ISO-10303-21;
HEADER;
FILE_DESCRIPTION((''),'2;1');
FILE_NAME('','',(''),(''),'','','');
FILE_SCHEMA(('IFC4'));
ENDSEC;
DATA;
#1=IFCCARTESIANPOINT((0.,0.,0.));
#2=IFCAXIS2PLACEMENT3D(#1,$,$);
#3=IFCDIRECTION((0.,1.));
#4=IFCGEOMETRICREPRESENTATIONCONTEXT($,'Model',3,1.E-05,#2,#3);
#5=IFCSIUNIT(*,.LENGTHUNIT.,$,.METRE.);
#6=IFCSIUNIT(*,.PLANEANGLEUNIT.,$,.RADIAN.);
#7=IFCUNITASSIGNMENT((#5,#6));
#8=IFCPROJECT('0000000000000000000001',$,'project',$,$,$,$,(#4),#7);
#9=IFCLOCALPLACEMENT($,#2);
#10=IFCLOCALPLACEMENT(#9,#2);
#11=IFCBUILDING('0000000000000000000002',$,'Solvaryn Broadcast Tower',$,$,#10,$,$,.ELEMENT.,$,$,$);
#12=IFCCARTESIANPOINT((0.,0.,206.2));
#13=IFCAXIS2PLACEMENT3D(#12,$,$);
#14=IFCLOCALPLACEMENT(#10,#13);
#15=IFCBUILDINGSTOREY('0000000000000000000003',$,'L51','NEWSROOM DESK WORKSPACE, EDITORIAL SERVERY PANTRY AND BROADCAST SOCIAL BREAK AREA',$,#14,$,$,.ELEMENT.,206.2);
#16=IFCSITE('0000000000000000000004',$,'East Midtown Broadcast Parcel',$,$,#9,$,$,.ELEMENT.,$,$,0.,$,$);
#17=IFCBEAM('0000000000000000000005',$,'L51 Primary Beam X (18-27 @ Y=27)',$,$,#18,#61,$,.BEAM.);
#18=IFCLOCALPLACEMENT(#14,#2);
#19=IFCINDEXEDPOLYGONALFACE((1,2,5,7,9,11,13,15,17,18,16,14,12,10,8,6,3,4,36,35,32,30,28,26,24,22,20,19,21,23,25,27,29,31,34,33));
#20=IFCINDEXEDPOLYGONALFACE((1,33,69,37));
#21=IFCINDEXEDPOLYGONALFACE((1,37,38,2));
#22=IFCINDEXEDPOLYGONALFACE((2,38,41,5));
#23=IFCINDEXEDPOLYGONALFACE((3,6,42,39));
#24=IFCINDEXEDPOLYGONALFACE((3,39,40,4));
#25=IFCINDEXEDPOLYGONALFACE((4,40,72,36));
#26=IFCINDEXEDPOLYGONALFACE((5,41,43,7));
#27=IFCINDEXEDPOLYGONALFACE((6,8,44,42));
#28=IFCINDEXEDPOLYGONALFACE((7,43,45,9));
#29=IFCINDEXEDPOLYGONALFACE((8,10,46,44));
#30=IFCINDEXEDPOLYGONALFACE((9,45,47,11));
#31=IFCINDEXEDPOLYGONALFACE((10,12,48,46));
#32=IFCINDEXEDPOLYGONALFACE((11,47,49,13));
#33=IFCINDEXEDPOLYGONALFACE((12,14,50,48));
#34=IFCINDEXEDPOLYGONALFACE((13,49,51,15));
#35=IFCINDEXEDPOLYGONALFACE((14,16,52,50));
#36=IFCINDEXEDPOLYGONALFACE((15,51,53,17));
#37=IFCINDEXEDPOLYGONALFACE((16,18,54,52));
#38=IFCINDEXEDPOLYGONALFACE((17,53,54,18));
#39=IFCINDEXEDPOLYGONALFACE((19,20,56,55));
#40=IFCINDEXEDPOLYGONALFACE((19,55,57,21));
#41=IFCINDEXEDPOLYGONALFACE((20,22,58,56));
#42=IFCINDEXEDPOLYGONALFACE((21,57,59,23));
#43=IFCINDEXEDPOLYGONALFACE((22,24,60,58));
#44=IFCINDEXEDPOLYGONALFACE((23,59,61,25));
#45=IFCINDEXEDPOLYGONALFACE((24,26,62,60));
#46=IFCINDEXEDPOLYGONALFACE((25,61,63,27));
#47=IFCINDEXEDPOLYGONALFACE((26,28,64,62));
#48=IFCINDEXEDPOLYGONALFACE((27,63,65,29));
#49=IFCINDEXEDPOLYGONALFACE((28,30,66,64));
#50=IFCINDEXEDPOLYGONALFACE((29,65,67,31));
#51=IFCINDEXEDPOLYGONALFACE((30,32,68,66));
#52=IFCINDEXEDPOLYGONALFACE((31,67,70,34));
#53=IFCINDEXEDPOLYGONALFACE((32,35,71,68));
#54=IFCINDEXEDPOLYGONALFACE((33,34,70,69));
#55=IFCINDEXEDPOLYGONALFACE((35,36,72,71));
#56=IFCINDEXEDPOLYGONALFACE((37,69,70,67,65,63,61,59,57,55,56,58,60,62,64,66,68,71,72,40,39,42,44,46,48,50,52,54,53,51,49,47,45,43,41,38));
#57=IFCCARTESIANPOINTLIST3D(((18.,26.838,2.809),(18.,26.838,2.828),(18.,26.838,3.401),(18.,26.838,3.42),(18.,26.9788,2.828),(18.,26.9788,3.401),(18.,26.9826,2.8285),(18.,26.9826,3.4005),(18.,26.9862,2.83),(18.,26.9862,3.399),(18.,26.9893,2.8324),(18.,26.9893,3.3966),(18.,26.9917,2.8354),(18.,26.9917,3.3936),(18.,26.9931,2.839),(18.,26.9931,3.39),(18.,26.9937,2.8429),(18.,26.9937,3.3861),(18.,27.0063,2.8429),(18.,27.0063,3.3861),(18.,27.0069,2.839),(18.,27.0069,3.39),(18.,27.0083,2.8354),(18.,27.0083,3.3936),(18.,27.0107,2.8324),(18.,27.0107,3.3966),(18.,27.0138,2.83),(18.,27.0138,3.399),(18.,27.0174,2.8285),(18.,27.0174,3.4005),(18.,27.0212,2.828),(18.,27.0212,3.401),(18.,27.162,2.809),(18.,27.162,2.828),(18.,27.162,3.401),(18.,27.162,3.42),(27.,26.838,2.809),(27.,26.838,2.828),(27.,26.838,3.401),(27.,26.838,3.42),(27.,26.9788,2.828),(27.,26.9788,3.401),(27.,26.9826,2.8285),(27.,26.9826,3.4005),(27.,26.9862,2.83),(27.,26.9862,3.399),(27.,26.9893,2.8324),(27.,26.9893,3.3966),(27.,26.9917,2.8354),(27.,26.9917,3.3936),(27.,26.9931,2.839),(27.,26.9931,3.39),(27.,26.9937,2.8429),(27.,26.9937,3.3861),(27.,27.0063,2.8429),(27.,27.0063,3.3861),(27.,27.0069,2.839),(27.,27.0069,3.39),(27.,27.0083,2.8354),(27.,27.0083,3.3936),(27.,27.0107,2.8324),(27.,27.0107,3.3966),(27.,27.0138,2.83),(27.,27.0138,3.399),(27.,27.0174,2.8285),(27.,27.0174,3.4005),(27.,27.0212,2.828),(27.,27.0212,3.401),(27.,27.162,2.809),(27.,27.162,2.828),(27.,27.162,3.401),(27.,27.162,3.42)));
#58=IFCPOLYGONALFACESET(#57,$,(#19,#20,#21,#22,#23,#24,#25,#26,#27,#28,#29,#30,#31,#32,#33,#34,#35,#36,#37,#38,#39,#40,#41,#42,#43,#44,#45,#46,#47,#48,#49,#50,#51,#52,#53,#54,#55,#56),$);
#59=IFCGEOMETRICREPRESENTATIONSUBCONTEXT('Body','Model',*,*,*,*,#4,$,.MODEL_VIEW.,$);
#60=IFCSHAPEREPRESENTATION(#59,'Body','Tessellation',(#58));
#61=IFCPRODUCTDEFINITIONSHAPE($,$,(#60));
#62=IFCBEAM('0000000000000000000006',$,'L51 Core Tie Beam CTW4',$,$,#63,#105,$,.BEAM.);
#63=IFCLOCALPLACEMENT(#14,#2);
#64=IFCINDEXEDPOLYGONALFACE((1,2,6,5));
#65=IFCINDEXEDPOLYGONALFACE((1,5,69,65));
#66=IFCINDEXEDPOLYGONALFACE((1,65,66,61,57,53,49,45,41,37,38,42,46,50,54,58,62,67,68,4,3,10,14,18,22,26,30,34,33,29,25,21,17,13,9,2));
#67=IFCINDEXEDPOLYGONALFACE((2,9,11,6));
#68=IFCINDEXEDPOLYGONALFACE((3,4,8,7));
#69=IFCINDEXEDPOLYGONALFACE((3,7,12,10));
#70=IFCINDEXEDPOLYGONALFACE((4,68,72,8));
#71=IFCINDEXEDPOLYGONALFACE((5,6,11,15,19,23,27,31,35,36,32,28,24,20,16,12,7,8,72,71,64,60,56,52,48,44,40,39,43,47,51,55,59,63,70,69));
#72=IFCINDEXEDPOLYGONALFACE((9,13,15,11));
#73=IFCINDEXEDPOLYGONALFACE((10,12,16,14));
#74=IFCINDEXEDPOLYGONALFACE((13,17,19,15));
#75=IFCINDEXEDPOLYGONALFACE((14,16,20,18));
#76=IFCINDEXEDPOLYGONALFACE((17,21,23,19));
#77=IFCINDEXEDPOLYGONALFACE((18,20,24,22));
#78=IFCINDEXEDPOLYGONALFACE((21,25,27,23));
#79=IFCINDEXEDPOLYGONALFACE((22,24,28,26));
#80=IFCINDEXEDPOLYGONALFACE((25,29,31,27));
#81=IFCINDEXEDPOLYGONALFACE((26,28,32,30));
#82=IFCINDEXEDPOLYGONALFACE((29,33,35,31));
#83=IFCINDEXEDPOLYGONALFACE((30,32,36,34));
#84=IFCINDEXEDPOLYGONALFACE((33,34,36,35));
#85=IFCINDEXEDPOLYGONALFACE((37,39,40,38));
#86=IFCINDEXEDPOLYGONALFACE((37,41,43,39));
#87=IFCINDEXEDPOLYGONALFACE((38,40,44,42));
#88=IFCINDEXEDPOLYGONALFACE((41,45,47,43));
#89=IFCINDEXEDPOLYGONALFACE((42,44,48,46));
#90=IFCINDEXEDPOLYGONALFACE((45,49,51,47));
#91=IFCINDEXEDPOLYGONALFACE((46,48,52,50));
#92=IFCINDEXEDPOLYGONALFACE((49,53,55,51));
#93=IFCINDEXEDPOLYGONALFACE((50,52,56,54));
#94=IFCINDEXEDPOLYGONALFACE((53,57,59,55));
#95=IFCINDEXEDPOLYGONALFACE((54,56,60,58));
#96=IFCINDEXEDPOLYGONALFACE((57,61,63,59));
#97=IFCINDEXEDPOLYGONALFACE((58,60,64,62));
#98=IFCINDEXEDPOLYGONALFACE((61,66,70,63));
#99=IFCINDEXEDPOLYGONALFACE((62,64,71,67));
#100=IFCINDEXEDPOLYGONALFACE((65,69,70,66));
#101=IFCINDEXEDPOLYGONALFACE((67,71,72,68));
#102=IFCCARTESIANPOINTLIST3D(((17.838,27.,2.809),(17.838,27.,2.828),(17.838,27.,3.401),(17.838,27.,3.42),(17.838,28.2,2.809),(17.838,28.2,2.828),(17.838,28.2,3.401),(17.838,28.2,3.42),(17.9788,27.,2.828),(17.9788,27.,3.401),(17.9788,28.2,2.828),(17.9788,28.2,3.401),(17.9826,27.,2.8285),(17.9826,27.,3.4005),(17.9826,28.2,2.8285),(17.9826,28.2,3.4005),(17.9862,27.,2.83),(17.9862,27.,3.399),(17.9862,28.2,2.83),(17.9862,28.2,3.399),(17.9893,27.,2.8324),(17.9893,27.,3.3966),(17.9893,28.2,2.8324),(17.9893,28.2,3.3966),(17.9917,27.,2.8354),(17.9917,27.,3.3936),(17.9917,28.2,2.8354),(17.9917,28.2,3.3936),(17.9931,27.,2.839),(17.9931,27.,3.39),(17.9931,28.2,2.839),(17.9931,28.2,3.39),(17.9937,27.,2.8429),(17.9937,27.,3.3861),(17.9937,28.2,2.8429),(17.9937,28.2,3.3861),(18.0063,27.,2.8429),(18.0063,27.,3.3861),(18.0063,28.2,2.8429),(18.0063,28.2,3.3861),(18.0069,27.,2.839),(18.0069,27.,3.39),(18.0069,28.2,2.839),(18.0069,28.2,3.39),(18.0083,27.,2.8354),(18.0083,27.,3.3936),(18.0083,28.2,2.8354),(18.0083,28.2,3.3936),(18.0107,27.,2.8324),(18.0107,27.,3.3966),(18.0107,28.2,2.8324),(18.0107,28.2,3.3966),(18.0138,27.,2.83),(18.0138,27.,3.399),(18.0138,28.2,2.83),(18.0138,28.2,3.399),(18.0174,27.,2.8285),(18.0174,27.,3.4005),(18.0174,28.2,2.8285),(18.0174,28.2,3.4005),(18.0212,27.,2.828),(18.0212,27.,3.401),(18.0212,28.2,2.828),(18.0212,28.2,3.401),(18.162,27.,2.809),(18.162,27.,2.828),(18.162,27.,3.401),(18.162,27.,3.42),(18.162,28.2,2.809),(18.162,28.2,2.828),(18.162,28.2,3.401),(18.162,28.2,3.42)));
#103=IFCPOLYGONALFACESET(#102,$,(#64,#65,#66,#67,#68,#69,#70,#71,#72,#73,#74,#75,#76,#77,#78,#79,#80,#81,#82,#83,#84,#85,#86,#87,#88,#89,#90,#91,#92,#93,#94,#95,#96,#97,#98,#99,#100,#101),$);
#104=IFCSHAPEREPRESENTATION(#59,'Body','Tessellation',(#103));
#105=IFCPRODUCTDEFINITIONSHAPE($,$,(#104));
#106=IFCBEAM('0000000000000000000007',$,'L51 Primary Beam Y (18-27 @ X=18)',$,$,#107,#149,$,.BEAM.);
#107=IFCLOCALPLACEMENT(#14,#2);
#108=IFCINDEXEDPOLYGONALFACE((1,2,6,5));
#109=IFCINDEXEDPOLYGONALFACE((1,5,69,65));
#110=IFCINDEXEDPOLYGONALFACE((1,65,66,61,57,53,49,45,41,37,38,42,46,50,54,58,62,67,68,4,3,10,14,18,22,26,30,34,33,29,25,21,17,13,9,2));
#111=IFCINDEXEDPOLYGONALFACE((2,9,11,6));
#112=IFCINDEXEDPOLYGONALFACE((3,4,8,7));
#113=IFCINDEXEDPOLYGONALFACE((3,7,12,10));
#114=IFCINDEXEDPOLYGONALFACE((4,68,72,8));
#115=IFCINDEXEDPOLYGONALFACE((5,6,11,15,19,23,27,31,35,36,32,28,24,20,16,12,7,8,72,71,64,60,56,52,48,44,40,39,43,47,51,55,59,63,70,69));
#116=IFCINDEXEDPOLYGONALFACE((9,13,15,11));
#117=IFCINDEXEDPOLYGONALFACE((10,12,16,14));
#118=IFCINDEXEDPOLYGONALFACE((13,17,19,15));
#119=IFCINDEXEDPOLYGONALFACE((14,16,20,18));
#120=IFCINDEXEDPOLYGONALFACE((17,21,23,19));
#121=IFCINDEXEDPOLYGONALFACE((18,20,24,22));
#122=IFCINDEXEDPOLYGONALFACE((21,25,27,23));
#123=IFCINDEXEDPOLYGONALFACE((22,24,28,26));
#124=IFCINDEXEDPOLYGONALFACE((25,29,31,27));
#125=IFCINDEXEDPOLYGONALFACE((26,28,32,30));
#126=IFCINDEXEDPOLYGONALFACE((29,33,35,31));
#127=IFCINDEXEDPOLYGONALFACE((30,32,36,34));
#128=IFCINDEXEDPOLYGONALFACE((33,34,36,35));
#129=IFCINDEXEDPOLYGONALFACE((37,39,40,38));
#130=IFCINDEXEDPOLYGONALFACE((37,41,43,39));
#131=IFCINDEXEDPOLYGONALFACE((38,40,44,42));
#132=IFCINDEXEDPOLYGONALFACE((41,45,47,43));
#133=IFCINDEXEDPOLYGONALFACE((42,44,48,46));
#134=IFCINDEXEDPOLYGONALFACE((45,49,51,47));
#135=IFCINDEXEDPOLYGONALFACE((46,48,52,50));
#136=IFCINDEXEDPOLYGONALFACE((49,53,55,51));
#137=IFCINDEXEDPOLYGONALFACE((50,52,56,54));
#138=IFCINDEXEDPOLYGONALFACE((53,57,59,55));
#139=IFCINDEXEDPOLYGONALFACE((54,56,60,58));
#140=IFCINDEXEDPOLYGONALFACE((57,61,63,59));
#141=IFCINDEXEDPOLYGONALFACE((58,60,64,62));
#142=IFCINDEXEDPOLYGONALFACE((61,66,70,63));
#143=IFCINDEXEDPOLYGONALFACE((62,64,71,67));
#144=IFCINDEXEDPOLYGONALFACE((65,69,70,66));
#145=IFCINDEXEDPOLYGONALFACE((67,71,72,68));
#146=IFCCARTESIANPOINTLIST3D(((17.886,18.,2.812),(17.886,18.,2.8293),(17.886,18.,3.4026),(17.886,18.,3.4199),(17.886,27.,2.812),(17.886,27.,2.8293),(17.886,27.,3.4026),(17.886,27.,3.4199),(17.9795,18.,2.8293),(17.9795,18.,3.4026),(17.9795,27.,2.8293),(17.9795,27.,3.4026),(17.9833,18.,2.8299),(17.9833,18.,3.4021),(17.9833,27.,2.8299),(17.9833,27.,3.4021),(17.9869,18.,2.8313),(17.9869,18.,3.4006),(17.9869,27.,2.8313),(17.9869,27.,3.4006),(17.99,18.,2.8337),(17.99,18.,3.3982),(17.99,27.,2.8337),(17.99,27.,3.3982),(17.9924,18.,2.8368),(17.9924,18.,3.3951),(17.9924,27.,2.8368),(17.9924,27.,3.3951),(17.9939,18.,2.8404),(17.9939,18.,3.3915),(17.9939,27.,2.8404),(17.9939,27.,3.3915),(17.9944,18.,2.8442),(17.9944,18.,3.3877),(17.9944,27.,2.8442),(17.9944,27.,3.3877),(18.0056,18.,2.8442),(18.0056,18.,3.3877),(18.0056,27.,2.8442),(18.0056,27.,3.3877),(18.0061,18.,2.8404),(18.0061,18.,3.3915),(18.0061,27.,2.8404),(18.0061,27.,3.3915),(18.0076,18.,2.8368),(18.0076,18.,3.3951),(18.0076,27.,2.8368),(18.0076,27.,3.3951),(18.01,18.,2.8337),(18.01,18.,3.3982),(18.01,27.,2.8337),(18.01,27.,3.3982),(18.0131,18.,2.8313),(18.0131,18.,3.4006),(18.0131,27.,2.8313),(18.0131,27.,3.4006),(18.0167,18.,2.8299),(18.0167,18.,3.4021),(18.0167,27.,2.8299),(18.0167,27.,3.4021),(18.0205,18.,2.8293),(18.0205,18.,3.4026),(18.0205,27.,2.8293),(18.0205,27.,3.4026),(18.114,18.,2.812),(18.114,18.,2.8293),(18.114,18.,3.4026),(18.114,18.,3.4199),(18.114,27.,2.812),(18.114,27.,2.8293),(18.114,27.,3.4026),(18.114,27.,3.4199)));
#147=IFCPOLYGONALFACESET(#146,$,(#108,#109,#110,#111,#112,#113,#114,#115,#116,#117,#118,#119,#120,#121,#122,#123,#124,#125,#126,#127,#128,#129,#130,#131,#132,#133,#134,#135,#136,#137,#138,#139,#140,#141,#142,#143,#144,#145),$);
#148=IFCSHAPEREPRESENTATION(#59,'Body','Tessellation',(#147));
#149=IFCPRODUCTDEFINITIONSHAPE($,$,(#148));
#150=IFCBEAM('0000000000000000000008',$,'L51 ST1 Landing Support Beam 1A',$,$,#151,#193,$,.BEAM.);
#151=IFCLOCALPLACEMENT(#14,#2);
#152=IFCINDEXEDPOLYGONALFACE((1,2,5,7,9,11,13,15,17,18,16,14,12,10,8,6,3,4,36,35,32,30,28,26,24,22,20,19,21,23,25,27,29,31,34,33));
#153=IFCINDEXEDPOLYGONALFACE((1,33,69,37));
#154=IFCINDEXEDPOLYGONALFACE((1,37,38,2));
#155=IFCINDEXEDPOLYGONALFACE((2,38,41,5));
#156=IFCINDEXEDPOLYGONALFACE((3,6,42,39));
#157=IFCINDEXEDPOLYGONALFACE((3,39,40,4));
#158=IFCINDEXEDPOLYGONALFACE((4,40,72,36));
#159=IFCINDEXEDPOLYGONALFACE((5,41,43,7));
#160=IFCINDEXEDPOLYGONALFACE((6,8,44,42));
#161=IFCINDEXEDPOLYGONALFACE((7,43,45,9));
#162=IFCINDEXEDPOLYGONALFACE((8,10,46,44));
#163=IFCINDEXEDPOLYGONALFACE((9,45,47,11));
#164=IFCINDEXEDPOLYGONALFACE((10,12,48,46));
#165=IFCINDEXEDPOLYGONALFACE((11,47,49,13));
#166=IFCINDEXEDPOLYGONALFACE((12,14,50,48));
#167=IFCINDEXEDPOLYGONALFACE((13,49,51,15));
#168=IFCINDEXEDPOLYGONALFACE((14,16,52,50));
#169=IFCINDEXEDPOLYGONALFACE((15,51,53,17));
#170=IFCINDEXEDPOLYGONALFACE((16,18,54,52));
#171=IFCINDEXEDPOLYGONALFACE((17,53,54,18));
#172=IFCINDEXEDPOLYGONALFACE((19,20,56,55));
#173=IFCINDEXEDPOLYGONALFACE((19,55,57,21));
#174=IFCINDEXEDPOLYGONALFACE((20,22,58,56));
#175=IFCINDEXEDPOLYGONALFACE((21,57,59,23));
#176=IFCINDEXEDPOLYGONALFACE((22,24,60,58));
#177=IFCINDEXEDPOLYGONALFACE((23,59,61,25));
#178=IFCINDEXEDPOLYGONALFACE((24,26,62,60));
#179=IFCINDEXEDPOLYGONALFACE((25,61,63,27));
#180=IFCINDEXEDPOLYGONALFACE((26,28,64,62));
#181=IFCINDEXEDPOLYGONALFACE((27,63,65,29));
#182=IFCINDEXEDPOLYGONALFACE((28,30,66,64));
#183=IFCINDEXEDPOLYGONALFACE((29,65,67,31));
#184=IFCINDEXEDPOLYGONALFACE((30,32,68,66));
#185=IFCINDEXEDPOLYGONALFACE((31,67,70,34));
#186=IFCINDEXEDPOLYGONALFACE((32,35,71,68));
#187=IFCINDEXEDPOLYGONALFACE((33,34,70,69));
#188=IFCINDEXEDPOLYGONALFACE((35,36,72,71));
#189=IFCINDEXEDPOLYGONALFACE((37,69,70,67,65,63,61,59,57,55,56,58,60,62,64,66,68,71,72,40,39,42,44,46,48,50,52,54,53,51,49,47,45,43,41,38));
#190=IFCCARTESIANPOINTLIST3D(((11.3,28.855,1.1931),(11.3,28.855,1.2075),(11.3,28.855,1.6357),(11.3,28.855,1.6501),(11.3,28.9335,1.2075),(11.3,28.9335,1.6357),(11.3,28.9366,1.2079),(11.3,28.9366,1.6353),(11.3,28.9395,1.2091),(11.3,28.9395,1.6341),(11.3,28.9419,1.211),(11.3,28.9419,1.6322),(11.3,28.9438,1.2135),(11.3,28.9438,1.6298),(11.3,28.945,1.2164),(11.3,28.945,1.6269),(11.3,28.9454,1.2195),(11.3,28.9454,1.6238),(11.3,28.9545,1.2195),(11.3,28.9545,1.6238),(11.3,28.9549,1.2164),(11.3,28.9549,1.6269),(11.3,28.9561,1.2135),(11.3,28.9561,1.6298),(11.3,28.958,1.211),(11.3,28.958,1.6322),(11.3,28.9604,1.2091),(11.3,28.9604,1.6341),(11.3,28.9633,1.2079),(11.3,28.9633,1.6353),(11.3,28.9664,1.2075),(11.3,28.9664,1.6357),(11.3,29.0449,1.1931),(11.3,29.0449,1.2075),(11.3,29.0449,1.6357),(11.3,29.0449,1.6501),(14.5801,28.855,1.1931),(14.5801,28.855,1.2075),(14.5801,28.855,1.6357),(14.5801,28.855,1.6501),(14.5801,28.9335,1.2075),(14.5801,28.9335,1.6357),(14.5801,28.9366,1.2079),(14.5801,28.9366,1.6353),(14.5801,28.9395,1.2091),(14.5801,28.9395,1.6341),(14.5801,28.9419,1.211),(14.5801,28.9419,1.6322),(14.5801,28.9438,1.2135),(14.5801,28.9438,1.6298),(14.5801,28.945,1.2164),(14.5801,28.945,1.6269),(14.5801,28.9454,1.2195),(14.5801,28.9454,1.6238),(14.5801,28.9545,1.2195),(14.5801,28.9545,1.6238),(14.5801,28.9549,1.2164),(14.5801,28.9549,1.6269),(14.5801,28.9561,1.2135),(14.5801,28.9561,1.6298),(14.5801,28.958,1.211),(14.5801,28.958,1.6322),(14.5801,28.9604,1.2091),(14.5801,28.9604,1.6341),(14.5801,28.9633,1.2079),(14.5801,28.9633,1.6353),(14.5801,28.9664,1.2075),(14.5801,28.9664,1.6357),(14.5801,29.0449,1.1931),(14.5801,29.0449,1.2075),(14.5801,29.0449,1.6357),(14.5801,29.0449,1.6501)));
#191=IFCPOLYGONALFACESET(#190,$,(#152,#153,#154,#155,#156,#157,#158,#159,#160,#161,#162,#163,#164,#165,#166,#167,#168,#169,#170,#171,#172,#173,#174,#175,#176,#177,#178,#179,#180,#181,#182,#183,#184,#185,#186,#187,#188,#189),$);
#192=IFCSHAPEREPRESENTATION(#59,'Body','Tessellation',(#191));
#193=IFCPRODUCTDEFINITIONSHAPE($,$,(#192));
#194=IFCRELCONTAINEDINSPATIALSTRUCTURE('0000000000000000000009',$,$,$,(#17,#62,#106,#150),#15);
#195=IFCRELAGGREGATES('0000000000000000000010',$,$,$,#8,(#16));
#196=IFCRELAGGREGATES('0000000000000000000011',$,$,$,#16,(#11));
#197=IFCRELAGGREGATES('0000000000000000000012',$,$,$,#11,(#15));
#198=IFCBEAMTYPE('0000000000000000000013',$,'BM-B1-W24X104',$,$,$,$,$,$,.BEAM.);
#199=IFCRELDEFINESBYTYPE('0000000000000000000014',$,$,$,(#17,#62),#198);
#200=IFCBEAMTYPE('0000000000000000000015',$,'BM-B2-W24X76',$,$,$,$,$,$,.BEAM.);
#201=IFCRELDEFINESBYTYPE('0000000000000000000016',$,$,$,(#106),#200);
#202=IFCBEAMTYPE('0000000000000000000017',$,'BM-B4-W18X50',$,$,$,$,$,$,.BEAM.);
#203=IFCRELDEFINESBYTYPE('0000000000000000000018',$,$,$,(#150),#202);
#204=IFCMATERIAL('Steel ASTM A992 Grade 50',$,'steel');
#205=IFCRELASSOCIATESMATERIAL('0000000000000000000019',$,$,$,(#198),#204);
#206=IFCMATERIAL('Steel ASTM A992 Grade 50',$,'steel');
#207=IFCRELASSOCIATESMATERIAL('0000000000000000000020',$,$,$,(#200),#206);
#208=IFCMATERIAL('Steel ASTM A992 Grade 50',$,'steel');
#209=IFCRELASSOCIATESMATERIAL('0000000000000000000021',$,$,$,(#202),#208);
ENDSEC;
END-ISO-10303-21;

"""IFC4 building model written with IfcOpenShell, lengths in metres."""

from ifc_helpers import new_model, si_unit, direction, frame, origin, origin_2d, place, context, subcontext, project, spatial, i_section, extrude, material, material_profile, profile_set, type_object, element, save


model = new_model("IFC4")

# Units and contexts
model_context = context("Model", 3, precision=1e-05, world=origin(), true_north=direction((0.0, 1.0)))
body_context = subcontext(model_context, "Body", "Model", "MODEL_VIEW")
ifc_project = project(units=[si_unit("LENGTHUNIT", "METRE"), si_unit("PLANEANGLEUNIT", "RADIAN")], contexts=[model_context])

# Site, building, storey
site_placement = place(None, origin())
site = spatial("IfcSite", under=ifc_project, at=site_placement, Name="East Midtown Broadcast Parcel", CompositionType="ELEMENT", RefElevation=0.0)
building_placement = place(site_placement, origin())
building = spatial("IfcBuilding", under=site, at=building_placement, Name="Solvaryn Broadcast Tower", CompositionType="ELEMENT")
storey_placement = place(building_placement, frame((0.0, 0.0, 206.2)))
storey = spatial("IfcBuildingStorey", under=building, at=storey_placement, Name="L51", Description="NEWSROOM DESK WORKSPACE, EDITORIAL SERVERY PANTRY AND BROADCAST SOCIAL BREAK AREA", CompositionType="ELEMENT", Elevation=206.2)

# Beams
ifc_material_1 = material(Name="Steel ASTM A992 Grade 50", Category="steel")
ifc_material_profile_1 = material_profile(ifc_material_1, i_section(OverallWidth=0.324, OverallDepth=0.6111, WebThickness=0.0127, FlangeThickness=0.019, FilletRadius=0.0149, at=origin_2d()))
ifc_profile_set_1 = profile_set([ifc_material_profile_1], Name="Steel ASTM A992 Grade 50")
beam_type_1 = type_object("IfcBeamType", Name="BM-B1-W24X104", PredefinedType="BEAM", material=ifc_profile_set_1)
for number, where, z_axis, x_axis, name in (
    (1, (18.0, 27.0, 3.1145), (1.0, 0.0, 0.0), (0.0, 1.0, 0.0), "L51 Primary Beam X (18-27 @ Y=27)"),
):
    element("IfcBeam", number, at=place(storey_placement, frame(where, z_axis=z_axis, x_axis=x_axis)), inside=storey, type_object=beam_type_1, Name=name, PredefinedType="BEAM", context=body_context, shape_type="SweptSolid", body=[
        extrude(i_section(OverallWidth=0.324, OverallDepth=0.6111, WebThickness=0.0127, FlangeThickness=0.019, FilletRadius=0.0149, at=origin_2d()), origin(), (0.0, 0.0, 1.0), 9.0),
    ])
beam_1_placement = place(storey_placement, frame((18.0, 27.0, 3.1145), z_axis=(0.0, 1.0, 0.0), x_axis=(-1.0, 0.0, 0.0)))
element("IfcBeam", 2, at=beam_1_placement, inside=storey, type_object=beam_type_1, Name="L51 Core Tie Beam CTW4", PredefinedType="BEAM", context=body_context, shape_type="SweptSolid", body=[
    extrude(i_section(OverallWidth=0.324, OverallDepth=0.6111, WebThickness=0.0127, FlangeThickness=0.019, FilletRadius=0.0149, at=origin_2d()), origin(), (0.0, 0.0, 1.0), 1.2),
])
ifc_material_2 = material(Name="Steel ASTM A992 Grade 50", Category="steel")
ifc_material_profile_2 = material_profile(ifc_material_2, i_section(OverallWidth=0.228, OverallDepth=0.6079, WebThickness=0.0112, FlangeThickness=0.0173, FilletRadius=0.0149, at=origin_2d()))
ifc_profile_set_2 = profile_set([ifc_material_profile_2], Name="Steel ASTM A992 Grade 50")
beam_type_2 = type_object("IfcBeamType", Name="BM-B2-W24X76", PredefinedType="BEAM", material=ifc_profile_set_2)
beam_2_placement = place(storey_placement, frame((18.0, 18.0, 3.116), z_axis=(0.0, 1.0, 0.0), x_axis=(-1.0, 0.0, 0.0)))
element("IfcBeam", 3, at=beam_2_placement, inside=storey, type_object=beam_type_2, Name="L51 Primary Beam Y (18-27 @ X=18)", PredefinedType="BEAM", context=body_context, shape_type="SweptSolid", body=[
    extrude(i_section(OverallWidth=0.228, OverallDepth=0.6079, WebThickness=0.0112, FlangeThickness=0.0173, FilletRadius=0.0149, at=origin_2d()), origin(), (0.0, 0.0, 1.0), 9.0),
])
ifc_material_3 = material(Name="Steel ASTM A992 Grade 50", Category="steel")
ifc_material_profile_3 = material_profile(ifc_material_3, i_section(OverallWidth=0.1899, OverallDepth=0.457, WebThickness=0.009, FlangeThickness=0.0144, FilletRadius=0.012, at=origin_2d()))
ifc_profile_set_3 = profile_set([ifc_material_profile_3], Name="Steel ASTM A992 Grade 50")
beam_type_3 = type_object("IfcBeamType", Name="BM-B4-W18X50", PredefinedType="BEAM", material=ifc_profile_set_3)
beam_3_placement = place(storey_placement, frame((11.3, 28.95, 1.4216), z_axis=(1.0, 0.0, 0.0), x_axis=(0.0, 1.0, 0.0)))
element("IfcBeam", 4, at=beam_3_placement, inside=storey, type_object=beam_type_3, Name="L51 ST1 Landing Support Beam 1A", PredefinedType="BEAM", context=body_context, shape_type="SweptSolid", body=[
    extrude(i_section(OverallWidth=0.1899, OverallDepth=0.457, WebThickness=0.009, FlangeThickness=0.0144, FilletRadius=0.012, at=origin_2d()), origin(), (0.0, 0.0, 1.0), 3.28),
])

save(model, "model.ifc")
